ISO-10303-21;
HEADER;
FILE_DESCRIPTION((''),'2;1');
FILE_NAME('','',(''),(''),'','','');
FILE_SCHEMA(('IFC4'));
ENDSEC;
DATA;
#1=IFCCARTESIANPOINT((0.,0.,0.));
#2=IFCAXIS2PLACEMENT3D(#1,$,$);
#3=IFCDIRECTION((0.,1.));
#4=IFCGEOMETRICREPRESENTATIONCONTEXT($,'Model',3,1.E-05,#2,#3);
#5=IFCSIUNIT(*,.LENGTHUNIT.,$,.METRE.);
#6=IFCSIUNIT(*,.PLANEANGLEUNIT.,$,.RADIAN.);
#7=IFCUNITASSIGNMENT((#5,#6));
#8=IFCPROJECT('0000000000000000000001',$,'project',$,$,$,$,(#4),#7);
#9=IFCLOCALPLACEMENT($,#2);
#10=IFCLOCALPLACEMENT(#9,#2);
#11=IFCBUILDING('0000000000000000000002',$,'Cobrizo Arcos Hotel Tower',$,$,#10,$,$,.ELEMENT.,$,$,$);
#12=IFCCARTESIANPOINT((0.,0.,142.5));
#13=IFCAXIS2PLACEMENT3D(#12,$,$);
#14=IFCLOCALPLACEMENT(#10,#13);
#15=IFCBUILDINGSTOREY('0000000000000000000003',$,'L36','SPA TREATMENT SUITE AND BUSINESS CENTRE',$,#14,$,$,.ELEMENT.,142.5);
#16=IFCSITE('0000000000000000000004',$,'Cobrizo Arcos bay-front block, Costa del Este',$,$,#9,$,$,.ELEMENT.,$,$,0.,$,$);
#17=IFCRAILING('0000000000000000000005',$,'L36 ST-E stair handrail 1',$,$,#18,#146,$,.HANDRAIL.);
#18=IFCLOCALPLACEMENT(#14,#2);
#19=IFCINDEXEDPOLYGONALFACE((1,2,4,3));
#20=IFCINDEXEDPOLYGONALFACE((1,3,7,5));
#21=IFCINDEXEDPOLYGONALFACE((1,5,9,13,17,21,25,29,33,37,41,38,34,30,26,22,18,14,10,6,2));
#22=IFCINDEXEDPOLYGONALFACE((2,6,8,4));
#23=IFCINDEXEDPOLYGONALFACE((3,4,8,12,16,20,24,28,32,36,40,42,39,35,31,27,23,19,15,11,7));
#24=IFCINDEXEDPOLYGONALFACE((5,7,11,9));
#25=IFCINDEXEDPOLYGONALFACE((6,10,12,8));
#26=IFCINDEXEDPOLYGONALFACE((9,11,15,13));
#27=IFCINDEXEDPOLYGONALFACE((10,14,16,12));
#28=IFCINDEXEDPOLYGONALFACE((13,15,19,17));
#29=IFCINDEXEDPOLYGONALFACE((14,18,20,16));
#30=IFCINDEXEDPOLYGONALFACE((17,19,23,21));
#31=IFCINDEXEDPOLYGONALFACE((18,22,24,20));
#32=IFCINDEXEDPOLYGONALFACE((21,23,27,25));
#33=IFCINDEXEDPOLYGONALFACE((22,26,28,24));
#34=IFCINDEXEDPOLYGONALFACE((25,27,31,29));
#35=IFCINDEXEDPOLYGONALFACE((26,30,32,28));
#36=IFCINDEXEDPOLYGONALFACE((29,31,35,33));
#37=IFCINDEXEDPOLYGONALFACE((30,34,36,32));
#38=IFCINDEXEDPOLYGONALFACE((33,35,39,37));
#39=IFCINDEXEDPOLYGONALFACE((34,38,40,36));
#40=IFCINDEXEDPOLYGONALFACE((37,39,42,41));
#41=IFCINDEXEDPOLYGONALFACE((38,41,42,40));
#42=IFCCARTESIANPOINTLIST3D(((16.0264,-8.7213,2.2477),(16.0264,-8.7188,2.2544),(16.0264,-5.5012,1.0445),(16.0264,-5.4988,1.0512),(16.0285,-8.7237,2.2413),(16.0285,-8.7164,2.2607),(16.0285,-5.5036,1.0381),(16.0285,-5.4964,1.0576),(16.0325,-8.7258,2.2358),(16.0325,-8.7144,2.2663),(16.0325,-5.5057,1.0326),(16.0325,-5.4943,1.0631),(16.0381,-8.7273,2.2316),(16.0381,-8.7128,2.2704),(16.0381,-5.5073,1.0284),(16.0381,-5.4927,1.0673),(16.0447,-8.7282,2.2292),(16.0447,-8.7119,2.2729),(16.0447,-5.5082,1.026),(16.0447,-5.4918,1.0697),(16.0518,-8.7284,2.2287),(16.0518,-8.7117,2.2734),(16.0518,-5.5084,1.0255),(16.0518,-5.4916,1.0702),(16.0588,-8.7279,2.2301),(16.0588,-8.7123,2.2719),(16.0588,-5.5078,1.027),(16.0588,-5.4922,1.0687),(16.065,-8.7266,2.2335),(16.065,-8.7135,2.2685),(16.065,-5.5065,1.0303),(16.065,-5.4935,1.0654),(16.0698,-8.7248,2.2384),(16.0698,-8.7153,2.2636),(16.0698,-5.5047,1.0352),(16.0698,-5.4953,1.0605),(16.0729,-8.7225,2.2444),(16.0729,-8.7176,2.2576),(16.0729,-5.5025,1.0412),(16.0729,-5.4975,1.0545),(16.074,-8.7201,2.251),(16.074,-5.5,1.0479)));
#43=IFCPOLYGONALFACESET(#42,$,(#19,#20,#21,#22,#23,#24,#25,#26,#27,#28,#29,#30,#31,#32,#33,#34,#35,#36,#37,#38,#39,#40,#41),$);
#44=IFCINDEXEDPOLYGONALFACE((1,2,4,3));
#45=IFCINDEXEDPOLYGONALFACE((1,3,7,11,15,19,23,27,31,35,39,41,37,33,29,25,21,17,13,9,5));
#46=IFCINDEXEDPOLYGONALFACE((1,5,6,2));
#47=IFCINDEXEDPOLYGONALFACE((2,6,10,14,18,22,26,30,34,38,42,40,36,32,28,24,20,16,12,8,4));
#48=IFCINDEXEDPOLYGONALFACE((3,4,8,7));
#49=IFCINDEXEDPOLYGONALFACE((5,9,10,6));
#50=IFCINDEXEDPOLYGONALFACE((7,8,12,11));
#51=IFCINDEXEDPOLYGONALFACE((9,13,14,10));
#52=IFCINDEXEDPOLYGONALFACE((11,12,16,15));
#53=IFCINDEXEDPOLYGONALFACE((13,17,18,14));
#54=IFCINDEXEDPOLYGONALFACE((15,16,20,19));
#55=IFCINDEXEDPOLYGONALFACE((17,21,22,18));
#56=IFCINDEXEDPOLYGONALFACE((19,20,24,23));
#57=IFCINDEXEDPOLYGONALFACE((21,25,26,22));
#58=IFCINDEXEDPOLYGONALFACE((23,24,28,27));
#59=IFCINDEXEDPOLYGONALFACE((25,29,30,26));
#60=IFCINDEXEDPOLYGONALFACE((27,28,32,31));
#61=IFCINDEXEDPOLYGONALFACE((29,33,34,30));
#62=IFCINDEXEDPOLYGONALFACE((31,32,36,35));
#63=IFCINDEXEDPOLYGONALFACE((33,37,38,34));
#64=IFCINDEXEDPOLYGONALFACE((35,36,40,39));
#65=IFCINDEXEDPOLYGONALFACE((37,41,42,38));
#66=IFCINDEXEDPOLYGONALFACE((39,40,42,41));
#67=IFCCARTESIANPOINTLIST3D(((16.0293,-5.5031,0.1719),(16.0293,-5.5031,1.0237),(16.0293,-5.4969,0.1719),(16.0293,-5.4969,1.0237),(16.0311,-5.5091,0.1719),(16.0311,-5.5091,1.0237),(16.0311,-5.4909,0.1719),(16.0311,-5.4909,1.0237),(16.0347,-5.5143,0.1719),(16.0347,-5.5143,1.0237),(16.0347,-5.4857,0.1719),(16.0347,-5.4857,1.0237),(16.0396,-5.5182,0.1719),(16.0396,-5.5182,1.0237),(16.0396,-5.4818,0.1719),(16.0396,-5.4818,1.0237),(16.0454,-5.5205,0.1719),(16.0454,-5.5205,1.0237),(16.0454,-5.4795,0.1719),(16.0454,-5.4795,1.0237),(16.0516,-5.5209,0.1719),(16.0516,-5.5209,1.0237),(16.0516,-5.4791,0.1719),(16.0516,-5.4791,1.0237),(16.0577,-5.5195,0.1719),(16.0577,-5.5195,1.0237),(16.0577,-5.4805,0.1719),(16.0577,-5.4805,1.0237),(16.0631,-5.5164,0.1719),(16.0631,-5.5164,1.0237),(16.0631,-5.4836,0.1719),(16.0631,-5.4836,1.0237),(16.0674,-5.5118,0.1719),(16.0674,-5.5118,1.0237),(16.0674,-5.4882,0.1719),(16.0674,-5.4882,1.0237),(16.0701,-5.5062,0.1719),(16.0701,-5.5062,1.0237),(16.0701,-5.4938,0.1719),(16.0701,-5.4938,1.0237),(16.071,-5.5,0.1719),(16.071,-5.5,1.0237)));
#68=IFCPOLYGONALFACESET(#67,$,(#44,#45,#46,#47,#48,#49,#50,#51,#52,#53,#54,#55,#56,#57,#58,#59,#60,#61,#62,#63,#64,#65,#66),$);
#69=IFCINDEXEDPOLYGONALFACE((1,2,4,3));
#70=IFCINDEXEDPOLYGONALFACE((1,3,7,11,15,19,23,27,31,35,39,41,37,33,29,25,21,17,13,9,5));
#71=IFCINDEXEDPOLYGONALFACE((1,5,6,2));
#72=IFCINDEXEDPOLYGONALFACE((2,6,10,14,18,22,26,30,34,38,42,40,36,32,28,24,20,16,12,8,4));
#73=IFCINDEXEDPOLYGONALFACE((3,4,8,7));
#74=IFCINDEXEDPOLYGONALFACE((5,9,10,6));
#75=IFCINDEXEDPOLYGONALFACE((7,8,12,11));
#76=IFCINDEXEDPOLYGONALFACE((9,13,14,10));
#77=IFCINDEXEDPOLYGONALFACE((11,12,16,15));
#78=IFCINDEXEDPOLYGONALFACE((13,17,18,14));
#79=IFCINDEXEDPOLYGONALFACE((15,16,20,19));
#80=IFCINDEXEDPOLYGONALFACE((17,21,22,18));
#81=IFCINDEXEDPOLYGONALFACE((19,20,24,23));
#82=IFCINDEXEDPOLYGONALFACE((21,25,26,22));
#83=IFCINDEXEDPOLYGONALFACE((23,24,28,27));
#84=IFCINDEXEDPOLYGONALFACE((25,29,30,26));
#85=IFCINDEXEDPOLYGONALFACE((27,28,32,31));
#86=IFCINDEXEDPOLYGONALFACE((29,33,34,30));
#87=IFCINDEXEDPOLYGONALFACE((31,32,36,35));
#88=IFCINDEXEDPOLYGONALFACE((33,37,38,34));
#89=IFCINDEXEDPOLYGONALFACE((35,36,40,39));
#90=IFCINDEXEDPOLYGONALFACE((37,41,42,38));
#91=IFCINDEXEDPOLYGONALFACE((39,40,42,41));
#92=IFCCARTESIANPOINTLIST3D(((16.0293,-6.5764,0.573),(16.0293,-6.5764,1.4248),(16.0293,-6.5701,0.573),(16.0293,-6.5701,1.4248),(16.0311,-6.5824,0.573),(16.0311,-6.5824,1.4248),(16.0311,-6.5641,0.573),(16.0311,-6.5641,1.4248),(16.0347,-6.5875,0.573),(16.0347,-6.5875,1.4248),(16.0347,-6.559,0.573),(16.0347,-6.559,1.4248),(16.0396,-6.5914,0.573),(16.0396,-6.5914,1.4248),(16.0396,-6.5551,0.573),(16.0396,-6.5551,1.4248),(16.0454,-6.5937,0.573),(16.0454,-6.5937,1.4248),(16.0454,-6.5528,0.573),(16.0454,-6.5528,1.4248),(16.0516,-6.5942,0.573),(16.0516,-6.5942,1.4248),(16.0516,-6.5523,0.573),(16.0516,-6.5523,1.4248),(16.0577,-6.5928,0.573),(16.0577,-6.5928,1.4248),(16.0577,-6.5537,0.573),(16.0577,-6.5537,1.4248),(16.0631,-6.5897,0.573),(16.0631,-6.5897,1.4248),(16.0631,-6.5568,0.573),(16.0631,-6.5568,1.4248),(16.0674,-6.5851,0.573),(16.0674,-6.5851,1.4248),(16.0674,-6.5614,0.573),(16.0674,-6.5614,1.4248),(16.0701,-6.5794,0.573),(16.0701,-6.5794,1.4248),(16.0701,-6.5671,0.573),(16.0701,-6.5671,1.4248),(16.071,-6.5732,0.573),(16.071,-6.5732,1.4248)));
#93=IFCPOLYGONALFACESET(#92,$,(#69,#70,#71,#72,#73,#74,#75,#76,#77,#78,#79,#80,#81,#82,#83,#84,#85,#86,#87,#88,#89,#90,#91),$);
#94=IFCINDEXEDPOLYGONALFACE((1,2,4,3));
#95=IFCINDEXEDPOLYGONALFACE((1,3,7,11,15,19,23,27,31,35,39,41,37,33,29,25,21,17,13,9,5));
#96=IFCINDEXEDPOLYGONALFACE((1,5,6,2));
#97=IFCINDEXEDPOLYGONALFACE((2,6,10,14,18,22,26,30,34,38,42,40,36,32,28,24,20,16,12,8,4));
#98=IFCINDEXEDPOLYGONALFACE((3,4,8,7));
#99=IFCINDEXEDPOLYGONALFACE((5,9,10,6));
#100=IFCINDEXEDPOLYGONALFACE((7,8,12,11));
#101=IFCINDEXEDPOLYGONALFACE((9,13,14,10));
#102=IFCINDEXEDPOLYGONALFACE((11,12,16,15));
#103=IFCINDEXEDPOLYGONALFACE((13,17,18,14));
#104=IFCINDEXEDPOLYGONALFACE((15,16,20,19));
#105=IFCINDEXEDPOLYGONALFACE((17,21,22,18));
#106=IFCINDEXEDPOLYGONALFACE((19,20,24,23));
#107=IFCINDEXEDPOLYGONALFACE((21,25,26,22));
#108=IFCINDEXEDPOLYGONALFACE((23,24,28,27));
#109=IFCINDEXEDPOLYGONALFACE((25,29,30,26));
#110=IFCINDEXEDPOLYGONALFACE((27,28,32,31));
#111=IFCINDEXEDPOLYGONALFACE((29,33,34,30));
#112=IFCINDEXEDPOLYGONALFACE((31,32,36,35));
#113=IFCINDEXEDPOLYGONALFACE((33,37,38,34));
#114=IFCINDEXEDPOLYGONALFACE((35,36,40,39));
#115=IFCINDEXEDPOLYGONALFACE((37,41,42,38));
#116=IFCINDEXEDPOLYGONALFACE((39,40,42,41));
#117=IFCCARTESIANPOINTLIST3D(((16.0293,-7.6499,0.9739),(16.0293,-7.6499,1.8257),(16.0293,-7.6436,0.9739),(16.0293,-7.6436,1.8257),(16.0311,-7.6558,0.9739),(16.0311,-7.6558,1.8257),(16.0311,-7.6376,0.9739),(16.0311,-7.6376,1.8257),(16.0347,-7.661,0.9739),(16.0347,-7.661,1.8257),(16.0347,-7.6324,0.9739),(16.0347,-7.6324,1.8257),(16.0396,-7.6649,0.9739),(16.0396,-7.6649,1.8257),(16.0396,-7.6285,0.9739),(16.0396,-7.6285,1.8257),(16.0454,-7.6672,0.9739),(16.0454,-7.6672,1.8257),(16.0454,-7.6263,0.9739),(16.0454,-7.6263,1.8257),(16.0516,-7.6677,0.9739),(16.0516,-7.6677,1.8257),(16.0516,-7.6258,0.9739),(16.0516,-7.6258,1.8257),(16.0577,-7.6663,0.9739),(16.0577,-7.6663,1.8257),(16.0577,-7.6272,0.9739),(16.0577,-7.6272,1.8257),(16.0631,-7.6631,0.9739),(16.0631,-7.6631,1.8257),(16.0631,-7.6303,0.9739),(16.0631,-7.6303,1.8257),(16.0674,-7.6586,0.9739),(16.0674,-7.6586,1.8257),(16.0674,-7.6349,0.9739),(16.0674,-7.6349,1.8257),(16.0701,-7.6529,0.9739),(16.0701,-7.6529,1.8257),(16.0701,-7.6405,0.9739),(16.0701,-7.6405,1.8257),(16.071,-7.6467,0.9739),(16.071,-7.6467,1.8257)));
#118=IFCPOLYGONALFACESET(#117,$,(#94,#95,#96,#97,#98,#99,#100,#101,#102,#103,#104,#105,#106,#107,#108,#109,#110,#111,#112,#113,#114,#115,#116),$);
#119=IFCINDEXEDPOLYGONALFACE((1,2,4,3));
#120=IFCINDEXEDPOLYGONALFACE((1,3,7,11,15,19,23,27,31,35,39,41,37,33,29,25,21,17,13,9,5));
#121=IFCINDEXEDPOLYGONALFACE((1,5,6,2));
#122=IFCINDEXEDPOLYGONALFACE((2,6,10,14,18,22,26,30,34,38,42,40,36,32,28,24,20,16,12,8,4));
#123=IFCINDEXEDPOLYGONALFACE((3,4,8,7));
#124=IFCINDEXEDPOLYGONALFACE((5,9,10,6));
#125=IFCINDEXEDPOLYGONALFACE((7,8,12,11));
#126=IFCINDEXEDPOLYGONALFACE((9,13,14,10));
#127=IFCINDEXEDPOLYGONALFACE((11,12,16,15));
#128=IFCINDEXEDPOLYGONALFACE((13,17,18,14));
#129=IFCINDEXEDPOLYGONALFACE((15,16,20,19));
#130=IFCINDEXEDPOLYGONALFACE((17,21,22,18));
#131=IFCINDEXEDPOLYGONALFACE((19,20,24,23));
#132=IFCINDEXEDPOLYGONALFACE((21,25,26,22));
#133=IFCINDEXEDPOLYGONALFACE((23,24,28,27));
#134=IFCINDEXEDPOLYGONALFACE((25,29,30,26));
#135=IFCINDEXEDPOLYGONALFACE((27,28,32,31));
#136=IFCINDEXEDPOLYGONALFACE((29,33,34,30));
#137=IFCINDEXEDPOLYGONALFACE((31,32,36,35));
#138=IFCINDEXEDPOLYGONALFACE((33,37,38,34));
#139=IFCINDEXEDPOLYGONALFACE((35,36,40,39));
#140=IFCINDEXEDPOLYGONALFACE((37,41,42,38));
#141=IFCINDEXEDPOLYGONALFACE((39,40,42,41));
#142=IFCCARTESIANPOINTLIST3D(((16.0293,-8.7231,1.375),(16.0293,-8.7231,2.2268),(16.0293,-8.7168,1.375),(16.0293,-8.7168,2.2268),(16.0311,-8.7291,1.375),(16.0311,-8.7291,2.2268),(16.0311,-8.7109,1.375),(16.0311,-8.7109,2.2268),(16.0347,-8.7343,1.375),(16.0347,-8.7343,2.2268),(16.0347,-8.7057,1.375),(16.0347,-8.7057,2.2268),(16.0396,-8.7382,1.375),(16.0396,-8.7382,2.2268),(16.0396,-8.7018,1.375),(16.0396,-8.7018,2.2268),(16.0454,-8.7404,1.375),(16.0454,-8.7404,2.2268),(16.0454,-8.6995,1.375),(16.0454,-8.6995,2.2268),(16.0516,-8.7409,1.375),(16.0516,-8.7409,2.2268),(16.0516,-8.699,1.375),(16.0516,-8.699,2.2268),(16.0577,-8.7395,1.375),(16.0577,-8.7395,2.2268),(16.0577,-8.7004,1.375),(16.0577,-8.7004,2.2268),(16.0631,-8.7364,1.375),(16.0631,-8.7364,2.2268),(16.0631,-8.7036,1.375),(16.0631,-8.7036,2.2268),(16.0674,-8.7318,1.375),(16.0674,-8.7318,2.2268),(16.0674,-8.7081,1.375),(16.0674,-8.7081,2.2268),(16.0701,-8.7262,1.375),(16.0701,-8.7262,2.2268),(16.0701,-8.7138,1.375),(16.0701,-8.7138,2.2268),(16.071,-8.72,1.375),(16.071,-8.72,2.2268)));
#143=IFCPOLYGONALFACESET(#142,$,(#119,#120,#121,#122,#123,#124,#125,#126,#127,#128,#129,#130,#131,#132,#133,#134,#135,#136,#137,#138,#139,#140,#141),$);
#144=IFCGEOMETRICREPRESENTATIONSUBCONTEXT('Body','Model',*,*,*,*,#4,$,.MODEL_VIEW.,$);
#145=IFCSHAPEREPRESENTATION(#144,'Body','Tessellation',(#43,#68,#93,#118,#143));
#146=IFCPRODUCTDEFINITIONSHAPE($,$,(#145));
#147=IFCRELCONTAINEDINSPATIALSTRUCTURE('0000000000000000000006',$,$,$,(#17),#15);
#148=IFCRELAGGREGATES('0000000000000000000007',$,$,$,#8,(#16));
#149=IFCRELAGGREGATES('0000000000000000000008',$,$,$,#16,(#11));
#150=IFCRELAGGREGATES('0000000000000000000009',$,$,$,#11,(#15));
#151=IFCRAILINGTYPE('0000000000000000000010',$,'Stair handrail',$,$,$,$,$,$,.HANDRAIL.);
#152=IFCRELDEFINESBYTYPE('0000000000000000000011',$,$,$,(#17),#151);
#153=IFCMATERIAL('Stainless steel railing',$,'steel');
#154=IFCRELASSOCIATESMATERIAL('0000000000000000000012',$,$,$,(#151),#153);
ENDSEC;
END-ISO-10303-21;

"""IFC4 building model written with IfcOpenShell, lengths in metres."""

from ifc_helpers import new_model, si_unit, direction, frame, origin, origin_2d, place, context, subcontext, project, spatial, circle, extrude, material, type_object, element, save


model = new_model("IFC4")

# Units and contexts
model_context = context("Model", 3, precision=1e-05, world=origin(), true_north=direction((0.0, 1.0)))
body_context = subcontext(model_context, "Body", "Model", "MODEL_VIEW")
ifc_project = project(units=[si_unit("LENGTHUNIT", "METRE"), si_unit("PLANEANGLEUNIT", "RADIAN")], contexts=[model_context])

# Site, building, storey
site_placement = place(None, origin())
site = spatial("IfcSite", under=ifc_project, at=site_placement, Name="Cobrizo Arcos bay-front block, Costa del Este", CompositionType="ELEMENT", RefElevation=0.0)
building_placement = place(site_placement, origin())
building = spatial("IfcBuilding", under=site, at=building_placement, Name="Cobrizo Arcos Hotel Tower", CompositionType="ELEMENT")
storey_placement = place(building_placement, frame((0.0, 0.0, 142.5)))
storey = spatial("IfcBuildingStorey", under=building, at=storey_placement, Name="L36", Description="SPA TREATMENT SUITE AND BUSINESS CENTRE", CompositionType="ELEMENT", Elevation=142.5)

# Railing
ifc_material_1 = material(Name="Stainless steel railing", Category="steel")
railing_type_1 = type_object("IfcRailingType", Name="Stair handrail", PredefinedType="HANDRAIL", material=ifc_material_1)
railing_1_placement = place(storey_placement, frame((16.05, -5.5, 0.1719)))
element("IfcRailing", 1, at=railing_1_placement, inside=storey, type_object=railing_type_1, Name="L36 ST-E stair handrail 1", PredefinedType="HANDRAIL", context=body_context, shape_type="SweptSolid", body=[
    extrude(circle(Radius=0.0239, at=origin_2d()), frame((0.0, 0.0, 0.876), z_axis=(0.0, -0.936746, 0.35001), x_axis=(1.0, 0.0, 0.0)), (0.0, 0.0, 1.0), 3.4375),
    extrude(circle(Radius=0.021, at=origin_2d()), origin(), (0.0, 0.0, 1.0), 0.8518),
    extrude(circle(Radius=0.021, at=origin_2d()), frame((0.0, -1.0732, 0.4011)), (0.0, 0.0, 1.0), 0.8518),
    extrude(circle(Radius=0.021, at=origin_2d()), frame((0.0, -2.1467, 0.802)), (0.0, 0.0, 1.0), 0.8518),
    extrude(circle(Radius=0.021, at=origin_2d()), frame((0.0, -3.22, 1.2031)), (0.0, 0.0, 1.0), 0.8518),
])

save(model, "model.ifc")
